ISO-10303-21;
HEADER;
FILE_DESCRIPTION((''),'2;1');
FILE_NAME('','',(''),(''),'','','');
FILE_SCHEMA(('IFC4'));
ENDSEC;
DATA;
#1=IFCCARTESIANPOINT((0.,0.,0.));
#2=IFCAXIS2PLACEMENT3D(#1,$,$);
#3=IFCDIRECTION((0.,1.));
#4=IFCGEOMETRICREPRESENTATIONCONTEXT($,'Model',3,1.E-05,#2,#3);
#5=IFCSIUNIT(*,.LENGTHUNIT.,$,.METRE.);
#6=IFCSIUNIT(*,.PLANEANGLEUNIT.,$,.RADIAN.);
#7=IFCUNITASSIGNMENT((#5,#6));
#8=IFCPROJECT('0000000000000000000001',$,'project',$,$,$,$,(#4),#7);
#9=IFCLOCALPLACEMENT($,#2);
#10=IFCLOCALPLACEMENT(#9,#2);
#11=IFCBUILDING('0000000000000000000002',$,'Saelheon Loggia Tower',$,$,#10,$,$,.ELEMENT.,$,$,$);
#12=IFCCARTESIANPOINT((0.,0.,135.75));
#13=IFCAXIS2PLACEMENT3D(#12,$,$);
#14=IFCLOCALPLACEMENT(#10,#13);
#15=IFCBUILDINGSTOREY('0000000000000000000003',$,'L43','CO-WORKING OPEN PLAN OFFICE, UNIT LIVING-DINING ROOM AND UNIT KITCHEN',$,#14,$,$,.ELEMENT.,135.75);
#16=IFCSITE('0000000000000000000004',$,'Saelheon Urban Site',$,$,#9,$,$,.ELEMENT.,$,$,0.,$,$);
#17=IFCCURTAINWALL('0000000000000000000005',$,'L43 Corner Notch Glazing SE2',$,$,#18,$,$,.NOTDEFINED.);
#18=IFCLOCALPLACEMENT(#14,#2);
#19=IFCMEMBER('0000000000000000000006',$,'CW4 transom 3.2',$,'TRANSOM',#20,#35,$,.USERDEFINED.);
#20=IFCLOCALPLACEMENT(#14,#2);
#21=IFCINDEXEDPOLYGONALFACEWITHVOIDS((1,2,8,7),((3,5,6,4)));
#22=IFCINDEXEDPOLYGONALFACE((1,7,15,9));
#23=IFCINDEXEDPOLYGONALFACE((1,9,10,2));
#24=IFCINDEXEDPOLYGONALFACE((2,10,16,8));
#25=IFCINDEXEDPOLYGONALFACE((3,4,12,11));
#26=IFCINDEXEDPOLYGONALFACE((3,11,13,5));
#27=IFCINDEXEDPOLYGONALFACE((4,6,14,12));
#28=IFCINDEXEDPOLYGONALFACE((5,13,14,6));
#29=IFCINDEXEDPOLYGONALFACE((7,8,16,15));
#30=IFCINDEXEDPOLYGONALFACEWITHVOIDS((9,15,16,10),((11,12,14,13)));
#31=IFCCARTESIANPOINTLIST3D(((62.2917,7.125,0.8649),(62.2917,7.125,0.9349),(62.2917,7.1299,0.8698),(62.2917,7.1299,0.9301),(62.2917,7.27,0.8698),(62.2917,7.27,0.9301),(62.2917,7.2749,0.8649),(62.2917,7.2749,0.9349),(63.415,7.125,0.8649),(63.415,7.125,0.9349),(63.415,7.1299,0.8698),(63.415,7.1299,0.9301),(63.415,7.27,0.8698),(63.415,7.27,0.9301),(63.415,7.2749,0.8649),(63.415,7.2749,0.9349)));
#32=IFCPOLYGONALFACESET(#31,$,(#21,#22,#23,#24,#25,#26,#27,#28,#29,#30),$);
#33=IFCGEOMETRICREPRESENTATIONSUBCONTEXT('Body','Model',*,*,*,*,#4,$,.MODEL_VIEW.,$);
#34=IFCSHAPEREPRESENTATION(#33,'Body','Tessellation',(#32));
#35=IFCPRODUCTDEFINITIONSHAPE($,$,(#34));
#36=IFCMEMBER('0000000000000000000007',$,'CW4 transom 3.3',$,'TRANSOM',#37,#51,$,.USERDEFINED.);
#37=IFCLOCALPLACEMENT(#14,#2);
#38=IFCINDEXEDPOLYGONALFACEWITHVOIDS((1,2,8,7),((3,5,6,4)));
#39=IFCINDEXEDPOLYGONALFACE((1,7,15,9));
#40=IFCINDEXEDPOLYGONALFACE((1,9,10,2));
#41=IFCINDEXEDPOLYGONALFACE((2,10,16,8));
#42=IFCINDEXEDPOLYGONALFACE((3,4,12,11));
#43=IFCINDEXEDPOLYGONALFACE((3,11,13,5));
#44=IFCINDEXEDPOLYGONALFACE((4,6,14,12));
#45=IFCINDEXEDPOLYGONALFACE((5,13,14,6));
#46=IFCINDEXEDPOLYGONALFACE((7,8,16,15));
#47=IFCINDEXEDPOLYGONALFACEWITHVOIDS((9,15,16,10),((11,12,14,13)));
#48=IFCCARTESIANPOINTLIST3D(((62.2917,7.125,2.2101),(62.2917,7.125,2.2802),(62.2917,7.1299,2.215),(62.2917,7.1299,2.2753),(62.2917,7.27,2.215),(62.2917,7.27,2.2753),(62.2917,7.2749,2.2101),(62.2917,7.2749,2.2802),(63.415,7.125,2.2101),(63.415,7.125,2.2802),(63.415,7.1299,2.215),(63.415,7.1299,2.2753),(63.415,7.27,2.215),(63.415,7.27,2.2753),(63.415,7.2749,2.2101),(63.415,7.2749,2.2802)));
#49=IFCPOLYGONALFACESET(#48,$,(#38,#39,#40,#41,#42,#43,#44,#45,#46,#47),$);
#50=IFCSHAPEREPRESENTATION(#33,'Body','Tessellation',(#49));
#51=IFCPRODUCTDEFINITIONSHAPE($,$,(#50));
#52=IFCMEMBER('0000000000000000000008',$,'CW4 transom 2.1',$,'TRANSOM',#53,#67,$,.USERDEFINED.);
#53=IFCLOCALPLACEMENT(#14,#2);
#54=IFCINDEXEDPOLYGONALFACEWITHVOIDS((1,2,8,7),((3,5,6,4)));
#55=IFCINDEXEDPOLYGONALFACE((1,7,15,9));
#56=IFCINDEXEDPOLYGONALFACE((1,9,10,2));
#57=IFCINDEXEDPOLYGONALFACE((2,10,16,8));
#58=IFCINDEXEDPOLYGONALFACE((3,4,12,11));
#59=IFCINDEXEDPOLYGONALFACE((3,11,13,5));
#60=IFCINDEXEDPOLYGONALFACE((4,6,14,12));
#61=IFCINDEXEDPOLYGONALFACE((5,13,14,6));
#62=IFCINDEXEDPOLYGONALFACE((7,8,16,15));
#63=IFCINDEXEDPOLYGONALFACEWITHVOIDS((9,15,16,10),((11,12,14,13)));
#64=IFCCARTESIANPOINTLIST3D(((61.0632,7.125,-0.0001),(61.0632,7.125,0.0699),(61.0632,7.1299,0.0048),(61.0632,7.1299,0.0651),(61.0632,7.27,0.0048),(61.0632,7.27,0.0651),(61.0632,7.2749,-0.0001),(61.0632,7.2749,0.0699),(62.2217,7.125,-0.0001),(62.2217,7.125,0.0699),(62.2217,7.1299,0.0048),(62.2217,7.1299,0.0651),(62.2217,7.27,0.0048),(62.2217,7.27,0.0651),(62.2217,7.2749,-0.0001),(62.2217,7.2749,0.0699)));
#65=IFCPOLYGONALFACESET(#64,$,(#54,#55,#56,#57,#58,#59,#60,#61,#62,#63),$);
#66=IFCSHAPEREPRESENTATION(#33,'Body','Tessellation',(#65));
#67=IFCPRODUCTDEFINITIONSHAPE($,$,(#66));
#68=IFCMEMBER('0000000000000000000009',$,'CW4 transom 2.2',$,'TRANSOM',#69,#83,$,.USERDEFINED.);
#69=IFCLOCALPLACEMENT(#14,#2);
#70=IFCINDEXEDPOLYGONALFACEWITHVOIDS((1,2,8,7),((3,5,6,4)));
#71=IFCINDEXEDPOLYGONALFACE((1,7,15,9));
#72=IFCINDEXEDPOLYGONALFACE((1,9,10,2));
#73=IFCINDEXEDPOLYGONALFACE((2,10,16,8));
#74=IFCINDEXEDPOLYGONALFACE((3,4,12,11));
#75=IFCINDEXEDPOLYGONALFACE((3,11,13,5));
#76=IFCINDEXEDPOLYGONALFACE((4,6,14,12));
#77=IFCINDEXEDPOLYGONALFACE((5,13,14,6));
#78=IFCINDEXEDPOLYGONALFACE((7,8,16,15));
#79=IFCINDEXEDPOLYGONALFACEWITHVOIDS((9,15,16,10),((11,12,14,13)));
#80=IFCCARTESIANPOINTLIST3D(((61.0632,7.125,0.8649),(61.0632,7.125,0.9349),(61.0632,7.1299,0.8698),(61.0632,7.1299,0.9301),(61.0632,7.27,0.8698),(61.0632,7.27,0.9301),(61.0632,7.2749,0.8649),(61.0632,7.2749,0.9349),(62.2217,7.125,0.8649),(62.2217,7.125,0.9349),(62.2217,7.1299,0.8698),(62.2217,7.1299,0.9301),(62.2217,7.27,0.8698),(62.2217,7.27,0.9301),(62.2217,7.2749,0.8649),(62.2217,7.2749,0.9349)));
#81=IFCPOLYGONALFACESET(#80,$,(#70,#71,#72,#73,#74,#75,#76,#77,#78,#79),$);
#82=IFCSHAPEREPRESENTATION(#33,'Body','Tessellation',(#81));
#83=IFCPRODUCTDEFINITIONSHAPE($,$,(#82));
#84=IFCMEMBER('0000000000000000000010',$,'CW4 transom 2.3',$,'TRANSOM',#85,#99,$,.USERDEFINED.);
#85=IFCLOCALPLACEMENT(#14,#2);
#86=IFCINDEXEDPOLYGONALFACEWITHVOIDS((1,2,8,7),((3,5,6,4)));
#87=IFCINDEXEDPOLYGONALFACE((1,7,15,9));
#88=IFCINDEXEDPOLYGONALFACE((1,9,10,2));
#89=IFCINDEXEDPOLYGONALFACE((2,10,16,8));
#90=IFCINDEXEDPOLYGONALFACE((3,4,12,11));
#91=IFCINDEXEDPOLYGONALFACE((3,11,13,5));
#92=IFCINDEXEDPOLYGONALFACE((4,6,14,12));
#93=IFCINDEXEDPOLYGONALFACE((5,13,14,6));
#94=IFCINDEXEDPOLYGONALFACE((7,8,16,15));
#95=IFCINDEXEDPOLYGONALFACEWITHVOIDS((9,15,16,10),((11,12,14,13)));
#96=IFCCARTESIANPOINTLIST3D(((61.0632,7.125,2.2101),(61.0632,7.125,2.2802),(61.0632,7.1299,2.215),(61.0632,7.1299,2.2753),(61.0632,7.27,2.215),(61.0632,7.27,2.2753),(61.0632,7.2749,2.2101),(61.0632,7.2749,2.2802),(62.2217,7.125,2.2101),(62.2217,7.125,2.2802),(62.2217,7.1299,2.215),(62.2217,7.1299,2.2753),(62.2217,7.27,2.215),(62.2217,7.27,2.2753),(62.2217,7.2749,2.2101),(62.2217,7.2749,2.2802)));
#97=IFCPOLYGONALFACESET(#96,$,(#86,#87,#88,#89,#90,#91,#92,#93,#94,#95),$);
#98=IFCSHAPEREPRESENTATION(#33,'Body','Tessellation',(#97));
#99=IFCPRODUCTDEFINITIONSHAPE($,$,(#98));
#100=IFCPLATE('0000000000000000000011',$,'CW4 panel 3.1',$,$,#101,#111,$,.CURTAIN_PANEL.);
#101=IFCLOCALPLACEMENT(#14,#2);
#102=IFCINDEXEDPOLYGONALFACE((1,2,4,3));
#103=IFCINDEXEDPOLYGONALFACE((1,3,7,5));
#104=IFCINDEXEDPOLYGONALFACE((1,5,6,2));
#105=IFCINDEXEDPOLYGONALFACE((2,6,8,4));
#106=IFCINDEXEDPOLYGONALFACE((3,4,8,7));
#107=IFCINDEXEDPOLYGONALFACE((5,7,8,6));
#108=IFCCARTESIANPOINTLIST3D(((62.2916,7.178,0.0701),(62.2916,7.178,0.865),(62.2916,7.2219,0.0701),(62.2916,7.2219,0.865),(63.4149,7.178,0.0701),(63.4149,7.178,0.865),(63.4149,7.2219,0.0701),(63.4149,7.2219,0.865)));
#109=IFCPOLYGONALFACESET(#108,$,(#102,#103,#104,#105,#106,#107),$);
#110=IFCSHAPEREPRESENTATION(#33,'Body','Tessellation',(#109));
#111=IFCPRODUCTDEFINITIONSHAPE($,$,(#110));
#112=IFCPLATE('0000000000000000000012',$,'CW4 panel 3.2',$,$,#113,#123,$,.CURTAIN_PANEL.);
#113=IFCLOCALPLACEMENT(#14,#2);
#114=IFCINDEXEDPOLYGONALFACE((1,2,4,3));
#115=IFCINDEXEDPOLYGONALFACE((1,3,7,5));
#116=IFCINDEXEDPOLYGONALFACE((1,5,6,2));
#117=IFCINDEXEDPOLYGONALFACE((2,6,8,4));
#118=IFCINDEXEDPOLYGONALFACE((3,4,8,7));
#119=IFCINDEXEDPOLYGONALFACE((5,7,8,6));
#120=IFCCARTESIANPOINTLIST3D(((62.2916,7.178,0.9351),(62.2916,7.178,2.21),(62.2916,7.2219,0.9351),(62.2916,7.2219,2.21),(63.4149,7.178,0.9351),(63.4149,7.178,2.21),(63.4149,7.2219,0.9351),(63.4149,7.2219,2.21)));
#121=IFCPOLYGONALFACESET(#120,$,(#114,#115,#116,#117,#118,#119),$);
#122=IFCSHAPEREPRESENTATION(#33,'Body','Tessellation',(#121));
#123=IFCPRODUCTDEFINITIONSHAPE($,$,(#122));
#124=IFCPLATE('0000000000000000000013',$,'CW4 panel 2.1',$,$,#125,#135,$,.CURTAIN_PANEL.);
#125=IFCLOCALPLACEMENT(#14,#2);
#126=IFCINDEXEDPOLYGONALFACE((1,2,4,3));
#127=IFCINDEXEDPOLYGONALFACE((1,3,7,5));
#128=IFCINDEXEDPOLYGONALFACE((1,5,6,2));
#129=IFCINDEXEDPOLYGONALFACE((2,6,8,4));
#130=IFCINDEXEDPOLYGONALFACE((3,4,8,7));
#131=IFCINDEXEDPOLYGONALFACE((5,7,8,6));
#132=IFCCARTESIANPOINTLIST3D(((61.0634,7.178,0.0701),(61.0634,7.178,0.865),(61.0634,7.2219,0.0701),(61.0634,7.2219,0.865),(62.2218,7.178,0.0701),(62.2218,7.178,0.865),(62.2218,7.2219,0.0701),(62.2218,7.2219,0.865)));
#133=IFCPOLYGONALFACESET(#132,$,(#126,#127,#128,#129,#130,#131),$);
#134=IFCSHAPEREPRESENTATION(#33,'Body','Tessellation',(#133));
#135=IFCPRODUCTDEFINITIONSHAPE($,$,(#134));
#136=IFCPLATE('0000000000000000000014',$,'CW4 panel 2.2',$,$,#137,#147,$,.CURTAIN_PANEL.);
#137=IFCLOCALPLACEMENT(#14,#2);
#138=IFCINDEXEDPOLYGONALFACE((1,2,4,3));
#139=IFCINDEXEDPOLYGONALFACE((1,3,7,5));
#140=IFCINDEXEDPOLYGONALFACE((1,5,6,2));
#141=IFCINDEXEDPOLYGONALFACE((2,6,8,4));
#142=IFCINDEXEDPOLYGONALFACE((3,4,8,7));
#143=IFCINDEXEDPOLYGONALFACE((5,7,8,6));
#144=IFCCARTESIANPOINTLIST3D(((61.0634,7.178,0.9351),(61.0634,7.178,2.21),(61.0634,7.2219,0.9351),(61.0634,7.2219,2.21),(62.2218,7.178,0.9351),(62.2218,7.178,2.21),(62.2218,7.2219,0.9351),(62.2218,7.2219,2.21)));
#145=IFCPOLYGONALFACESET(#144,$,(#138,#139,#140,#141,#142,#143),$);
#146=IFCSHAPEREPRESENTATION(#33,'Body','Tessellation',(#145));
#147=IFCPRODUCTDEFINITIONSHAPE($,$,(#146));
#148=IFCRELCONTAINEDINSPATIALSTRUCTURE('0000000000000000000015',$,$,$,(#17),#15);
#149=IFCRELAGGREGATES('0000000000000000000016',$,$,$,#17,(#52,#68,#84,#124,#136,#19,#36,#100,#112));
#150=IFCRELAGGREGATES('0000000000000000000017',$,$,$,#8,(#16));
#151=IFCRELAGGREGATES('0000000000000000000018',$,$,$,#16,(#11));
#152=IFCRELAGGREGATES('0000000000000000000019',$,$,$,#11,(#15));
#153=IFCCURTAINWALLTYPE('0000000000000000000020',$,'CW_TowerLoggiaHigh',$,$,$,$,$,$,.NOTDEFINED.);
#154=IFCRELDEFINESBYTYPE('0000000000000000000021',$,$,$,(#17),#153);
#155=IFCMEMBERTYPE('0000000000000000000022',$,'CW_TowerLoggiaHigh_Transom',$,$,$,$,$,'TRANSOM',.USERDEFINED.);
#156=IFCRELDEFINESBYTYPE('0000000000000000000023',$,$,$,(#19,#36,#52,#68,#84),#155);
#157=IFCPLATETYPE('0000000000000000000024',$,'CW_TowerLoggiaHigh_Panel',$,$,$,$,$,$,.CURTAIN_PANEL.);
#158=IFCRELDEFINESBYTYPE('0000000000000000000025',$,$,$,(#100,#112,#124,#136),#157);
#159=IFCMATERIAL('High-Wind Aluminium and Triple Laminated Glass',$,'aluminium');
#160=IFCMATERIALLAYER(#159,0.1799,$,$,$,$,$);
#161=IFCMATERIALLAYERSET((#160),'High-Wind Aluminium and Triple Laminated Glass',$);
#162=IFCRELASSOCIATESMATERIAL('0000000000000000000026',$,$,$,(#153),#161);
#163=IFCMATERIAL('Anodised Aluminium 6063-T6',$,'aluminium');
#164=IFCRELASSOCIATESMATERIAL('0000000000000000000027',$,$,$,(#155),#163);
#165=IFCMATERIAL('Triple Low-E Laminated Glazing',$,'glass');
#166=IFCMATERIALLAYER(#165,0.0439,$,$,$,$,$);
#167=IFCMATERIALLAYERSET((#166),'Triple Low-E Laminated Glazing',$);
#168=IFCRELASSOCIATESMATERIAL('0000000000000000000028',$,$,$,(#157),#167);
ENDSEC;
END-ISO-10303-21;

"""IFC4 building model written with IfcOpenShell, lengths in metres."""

from ifc_helpers import new_model, si_unit, direction, frame, origin, origin_2d, place, context, subcontext, project, spatial, rectangle, hollow_rectangle, extrude, source, transform, mapped, material, layer, layer_set, material_profile, profile_set, type_object, element, aggregate, save


model = new_model("IFC4")

# Units and contexts
model_context = context("Model", 3, precision=1e-05, world=origin(), true_north=direction((0.0, 1.0)))
body_context = subcontext(model_context, "Body", "Model", "MODEL_VIEW")
ifc_project = project(units=[si_unit("LENGTHUNIT", "METRE"), si_unit("PLANEANGLEUNIT", "RADIAN")], contexts=[model_context])

# Site, building, storey
site_placement = place(None, origin())
site = spatial("IfcSite", under=ifc_project, at=site_placement, Name="Saelheon Urban Site", CompositionType="ELEMENT", RefElevation=0.0)
building_placement = place(site_placement, origin())
building = spatial("IfcBuilding", under=site, at=building_placement, Name="Saelheon Loggia Tower", CompositionType="ELEMENT")
storey_placement = place(building_placement, frame((0.0, 0.0, 135.75)))
storey = spatial("IfcBuildingStorey", under=building, at=storey_placement, Name="L43", Description="CO-WORKING OPEN PLAN OFFICE, UNIT LIVING-DINING ROOM AND UNIT KITCHEN", CompositionType="ELEMENT", Elevation=135.75)

# Curtain wall, members, plates
ifc_material_1 = material(Name="High-Wind Aluminium and Triple Laminated Glass", Category="aluminium")
ifc_layer_1 = layer(ifc_material_1, 0.1799)
ifc_layer_set_1 = layer_set([ifc_layer_1], Name="High-Wind Aluminium and Triple Laminated Glass")
curtain_wall_type = type_object("IfcCurtainWallType", Name="CW_TowerLoggiaHigh", PredefinedType="NOTDEFINED", material=ifc_layer_set_1)
curtain_wall_placement = place(storey_placement, origin())
curtain_wall = element("IfcCurtainWall", 1, at=curtain_wall_placement, inside=storey, type_object=curtain_wall_type, Name="L43 Corner Notch Glazing SE2", PredefinedType="NOTDEFINED")
ifc_material_2 = material(Name="Anodised Aluminium 6063-T6", Category="aluminium")
ifc_material_profile_1 = material_profile(ifc_material_2, hollow_rectangle(XDim=0.0701, YDim=0.1499, WallThickness=0.0049, at=origin_2d()), Name="RHS-150x70x5")
ifc_profile_set_1 = profile_set([ifc_material_profile_1], Name="Anodised Aluminium 6063-T6")
member_type_1 = type_object("IfcMemberType", Name="CW_TowerLoggiaHigh_Transom", ElementType="TRANSOM", PredefinedType="USERDEFINED", material=ifc_profile_set_1)
shared_shape_1 = source(origin(), body_context, "Body", "SweptSolid", [
    extrude(hollow_rectangle(XDim=0.0701, YDim=0.1499, WallThickness=0.0049, at=origin_2d()), origin(), (0.0, 0.0, 1.0), 1.1233),
])
member_1_placement = place(storey_placement, frame((62.2917, 7.2, 0.8999), z_axis=(1.0, 0.0, 0.0), x_axis=(0.0, 0.0, 1.0)))
member_1 = element("IfcMember", 2, at=member_1_placement, type_object=member_type_1, Name="CW4 transom 3.2", ObjectType="TRANSOM", PredefinedType="USERDEFINED", context=body_context, shape_type="MappedRepresentation", body=[
    mapped(shared_shape_1, transform((0.0, 0.0, 0.0), scale=1.0)),
])
member_2_placement = place(storey_placement, frame((62.2917, 7.2, 2.2451), z_axis=(1.0, 0.0, 0.0), x_axis=(0.0, 0.0, 1.0)))
member_2 = element("IfcMember", 3, at=member_2_placement, type_object=member_type_1, Name="CW4 transom 3.3", ObjectType="TRANSOM", PredefinedType="USERDEFINED", context=body_context, shape_type="MappedRepresentation", body=[
    mapped(shared_shape_1, transform((0.0, 0.0, 0.0), scale=1.0)),
])
shared_shape_2 = source(origin(), body_context, "Body", "SweptSolid", [
    extrude(hollow_rectangle(XDim=0.0701, YDim=0.1499, WallThickness=0.0049, at=origin_2d()), origin(), (0.0, 0.0, 1.0), 1.1584),
])
member_3_placement = place(storey_placement, frame((61.0632, 7.2, 0.0349), z_axis=(1.0, 0.0, 0.0), x_axis=(0.0, 0.0, 1.0)))
member_3 = element("IfcMember", 4, at=member_3_placement, type_object=member_type_1, Name="CW4 transom 2.1", ObjectType="TRANSOM", PredefinedType="USERDEFINED", context=body_context, shape_type="MappedRepresentation", body=[
    mapped(shared_shape_2, transform((0.0, 0.0, 0.0), scale=1.0)),
])
member_4_placement = place(storey_placement, frame((61.0632, 7.2, 0.8999), z_axis=(1.0, 0.0, 0.0), x_axis=(0.0, 0.0, 1.0)))
member_4 = element("IfcMember", 5, at=member_4_placement, type_object=member_type_1, Name="CW4 transom 2.2", ObjectType="TRANSOM", PredefinedType="USERDEFINED", context=body_context, shape_type="MappedRepresentation", body=[
    mapped(shared_shape_2, transform((0.0, 0.0, 0.0), scale=1.0)),
])
member_5_placement = place(storey_placement, frame((61.0632, 7.2, 2.2451), z_axis=(1.0, 0.0, 0.0), x_axis=(0.0, 0.0, 1.0)))
member_5 = element("IfcMember", 6, at=member_5_placement, type_object=member_type_1, Name="CW4 transom 2.3", ObjectType="TRANSOM", PredefinedType="USERDEFINED", context=body_context, shape_type="MappedRepresentation", body=[
    mapped(shared_shape_2, transform((0.0, 0.0, 0.0), scale=1.0)),
])
ifc_material_3 = material(Name="Triple Low-E Laminated Glazing", Category="glass")
ifc_layer_2 = layer(ifc_material_3, 0.0439)
ifc_layer_set_2 = layer_set([ifc_layer_2], Name="Triple Low-E Laminated Glazing")
plate_type = type_object("IfcPlateType", Name="CW_TowerLoggiaHigh_Panel", PredefinedType="CURTAIN_PANEL", material=ifc_layer_set_2)
shared_shape_3 = source(origin(), body_context, "Body", "SweptSolid", [
    extrude(rectangle(XDim=1.1233, YDim=0.0439, at=origin_2d()), origin(), (0.0, 0.0, 1.0), 0.7949),
])
plate_1_placement = place(storey_placement, frame((62.8533, 7.2, 0.0701), z_axis=(0.0, 0.0, 1.0), x_axis=(1.0, 0.0, 0.0)))
plate_1 = element("IfcPlate", 7, at=plate_1_placement, type_object=plate_type, Name="CW4 panel 3.1", PredefinedType="CURTAIN_PANEL", context=body_context, shape_type="MappedRepresentation", body=[
    mapped(shared_shape_3, transform((0.0, 0.0, 0.0), scale=1.0)),
])
shared_shape_4 = source(origin(), body_context, "Body", "SweptSolid", [
    extrude(rectangle(XDim=1.1233, YDim=0.0439, at=origin_2d()), origin(), (0.0, 0.0, 1.0), 1.2749),
])
plate_2_placement = place(storey_placement, frame((62.8533, 7.2, 0.9351), z_axis=(0.0, 0.0, 1.0), x_axis=(1.0, 0.0, 0.0)))
plate_2 = element("IfcPlate", 8, at=plate_2_placement, type_object=plate_type, Name="CW4 panel 3.2", PredefinedType="CURTAIN_PANEL", context=body_context, shape_type="MappedRepresentation", body=[
    mapped(shared_shape_4, transform((0.0, 0.0, 0.0), scale=1.0)),
])
shared_shape_5 = source(origin(), body_context, "Body", "SweptSolid", [
    extrude(rectangle(XDim=1.1584, YDim=0.0439, at=origin_2d()), origin(), (0.0, 0.0, 1.0), 0.7949),
])
plate_3_placement = place(storey_placement, frame((61.6426, 7.2, 0.0701), z_axis=(0.0, 0.0, 1.0), x_axis=(1.0, 0.0, 0.0)))
plate_3 = element("IfcPlate", 9, at=plate_3_placement, type_object=plate_type, Name="CW4 panel 2.1", PredefinedType="CURTAIN_PANEL", context=body_context, shape_type="MappedRepresentation", body=[
    mapped(shared_shape_5, transform((0.0, 0.0, 0.0), scale=1.0)),
])
shared_shape_6 = source(origin(), body_context, "Body", "SweptSolid", [
    extrude(rectangle(XDim=1.1584, YDim=0.0439, at=origin_2d()), origin(), (0.0, 0.0, 1.0), 1.2749),
])
plate_4_placement = place(storey_placement, frame((61.6426, 7.2, 0.9351), z_axis=(0.0, 0.0, 1.0), x_axis=(1.0, 0.0, 0.0)))
plate_4 = element("IfcPlate", 10, at=plate_4_placement, type_object=plate_type, Name="CW4 panel 2.2", PredefinedType="CURTAIN_PANEL", context=body_context, shape_type="MappedRepresentation", body=[
    mapped(shared_shape_6, transform((0.0, 0.0, 0.0), scale=1.0)),
])
aggregate(curtain_wall, [member_3, member_4, member_5, plate_3, plate_4, member_1, member_2, plate_1, plate_2])

save(model, "model.ifc")
